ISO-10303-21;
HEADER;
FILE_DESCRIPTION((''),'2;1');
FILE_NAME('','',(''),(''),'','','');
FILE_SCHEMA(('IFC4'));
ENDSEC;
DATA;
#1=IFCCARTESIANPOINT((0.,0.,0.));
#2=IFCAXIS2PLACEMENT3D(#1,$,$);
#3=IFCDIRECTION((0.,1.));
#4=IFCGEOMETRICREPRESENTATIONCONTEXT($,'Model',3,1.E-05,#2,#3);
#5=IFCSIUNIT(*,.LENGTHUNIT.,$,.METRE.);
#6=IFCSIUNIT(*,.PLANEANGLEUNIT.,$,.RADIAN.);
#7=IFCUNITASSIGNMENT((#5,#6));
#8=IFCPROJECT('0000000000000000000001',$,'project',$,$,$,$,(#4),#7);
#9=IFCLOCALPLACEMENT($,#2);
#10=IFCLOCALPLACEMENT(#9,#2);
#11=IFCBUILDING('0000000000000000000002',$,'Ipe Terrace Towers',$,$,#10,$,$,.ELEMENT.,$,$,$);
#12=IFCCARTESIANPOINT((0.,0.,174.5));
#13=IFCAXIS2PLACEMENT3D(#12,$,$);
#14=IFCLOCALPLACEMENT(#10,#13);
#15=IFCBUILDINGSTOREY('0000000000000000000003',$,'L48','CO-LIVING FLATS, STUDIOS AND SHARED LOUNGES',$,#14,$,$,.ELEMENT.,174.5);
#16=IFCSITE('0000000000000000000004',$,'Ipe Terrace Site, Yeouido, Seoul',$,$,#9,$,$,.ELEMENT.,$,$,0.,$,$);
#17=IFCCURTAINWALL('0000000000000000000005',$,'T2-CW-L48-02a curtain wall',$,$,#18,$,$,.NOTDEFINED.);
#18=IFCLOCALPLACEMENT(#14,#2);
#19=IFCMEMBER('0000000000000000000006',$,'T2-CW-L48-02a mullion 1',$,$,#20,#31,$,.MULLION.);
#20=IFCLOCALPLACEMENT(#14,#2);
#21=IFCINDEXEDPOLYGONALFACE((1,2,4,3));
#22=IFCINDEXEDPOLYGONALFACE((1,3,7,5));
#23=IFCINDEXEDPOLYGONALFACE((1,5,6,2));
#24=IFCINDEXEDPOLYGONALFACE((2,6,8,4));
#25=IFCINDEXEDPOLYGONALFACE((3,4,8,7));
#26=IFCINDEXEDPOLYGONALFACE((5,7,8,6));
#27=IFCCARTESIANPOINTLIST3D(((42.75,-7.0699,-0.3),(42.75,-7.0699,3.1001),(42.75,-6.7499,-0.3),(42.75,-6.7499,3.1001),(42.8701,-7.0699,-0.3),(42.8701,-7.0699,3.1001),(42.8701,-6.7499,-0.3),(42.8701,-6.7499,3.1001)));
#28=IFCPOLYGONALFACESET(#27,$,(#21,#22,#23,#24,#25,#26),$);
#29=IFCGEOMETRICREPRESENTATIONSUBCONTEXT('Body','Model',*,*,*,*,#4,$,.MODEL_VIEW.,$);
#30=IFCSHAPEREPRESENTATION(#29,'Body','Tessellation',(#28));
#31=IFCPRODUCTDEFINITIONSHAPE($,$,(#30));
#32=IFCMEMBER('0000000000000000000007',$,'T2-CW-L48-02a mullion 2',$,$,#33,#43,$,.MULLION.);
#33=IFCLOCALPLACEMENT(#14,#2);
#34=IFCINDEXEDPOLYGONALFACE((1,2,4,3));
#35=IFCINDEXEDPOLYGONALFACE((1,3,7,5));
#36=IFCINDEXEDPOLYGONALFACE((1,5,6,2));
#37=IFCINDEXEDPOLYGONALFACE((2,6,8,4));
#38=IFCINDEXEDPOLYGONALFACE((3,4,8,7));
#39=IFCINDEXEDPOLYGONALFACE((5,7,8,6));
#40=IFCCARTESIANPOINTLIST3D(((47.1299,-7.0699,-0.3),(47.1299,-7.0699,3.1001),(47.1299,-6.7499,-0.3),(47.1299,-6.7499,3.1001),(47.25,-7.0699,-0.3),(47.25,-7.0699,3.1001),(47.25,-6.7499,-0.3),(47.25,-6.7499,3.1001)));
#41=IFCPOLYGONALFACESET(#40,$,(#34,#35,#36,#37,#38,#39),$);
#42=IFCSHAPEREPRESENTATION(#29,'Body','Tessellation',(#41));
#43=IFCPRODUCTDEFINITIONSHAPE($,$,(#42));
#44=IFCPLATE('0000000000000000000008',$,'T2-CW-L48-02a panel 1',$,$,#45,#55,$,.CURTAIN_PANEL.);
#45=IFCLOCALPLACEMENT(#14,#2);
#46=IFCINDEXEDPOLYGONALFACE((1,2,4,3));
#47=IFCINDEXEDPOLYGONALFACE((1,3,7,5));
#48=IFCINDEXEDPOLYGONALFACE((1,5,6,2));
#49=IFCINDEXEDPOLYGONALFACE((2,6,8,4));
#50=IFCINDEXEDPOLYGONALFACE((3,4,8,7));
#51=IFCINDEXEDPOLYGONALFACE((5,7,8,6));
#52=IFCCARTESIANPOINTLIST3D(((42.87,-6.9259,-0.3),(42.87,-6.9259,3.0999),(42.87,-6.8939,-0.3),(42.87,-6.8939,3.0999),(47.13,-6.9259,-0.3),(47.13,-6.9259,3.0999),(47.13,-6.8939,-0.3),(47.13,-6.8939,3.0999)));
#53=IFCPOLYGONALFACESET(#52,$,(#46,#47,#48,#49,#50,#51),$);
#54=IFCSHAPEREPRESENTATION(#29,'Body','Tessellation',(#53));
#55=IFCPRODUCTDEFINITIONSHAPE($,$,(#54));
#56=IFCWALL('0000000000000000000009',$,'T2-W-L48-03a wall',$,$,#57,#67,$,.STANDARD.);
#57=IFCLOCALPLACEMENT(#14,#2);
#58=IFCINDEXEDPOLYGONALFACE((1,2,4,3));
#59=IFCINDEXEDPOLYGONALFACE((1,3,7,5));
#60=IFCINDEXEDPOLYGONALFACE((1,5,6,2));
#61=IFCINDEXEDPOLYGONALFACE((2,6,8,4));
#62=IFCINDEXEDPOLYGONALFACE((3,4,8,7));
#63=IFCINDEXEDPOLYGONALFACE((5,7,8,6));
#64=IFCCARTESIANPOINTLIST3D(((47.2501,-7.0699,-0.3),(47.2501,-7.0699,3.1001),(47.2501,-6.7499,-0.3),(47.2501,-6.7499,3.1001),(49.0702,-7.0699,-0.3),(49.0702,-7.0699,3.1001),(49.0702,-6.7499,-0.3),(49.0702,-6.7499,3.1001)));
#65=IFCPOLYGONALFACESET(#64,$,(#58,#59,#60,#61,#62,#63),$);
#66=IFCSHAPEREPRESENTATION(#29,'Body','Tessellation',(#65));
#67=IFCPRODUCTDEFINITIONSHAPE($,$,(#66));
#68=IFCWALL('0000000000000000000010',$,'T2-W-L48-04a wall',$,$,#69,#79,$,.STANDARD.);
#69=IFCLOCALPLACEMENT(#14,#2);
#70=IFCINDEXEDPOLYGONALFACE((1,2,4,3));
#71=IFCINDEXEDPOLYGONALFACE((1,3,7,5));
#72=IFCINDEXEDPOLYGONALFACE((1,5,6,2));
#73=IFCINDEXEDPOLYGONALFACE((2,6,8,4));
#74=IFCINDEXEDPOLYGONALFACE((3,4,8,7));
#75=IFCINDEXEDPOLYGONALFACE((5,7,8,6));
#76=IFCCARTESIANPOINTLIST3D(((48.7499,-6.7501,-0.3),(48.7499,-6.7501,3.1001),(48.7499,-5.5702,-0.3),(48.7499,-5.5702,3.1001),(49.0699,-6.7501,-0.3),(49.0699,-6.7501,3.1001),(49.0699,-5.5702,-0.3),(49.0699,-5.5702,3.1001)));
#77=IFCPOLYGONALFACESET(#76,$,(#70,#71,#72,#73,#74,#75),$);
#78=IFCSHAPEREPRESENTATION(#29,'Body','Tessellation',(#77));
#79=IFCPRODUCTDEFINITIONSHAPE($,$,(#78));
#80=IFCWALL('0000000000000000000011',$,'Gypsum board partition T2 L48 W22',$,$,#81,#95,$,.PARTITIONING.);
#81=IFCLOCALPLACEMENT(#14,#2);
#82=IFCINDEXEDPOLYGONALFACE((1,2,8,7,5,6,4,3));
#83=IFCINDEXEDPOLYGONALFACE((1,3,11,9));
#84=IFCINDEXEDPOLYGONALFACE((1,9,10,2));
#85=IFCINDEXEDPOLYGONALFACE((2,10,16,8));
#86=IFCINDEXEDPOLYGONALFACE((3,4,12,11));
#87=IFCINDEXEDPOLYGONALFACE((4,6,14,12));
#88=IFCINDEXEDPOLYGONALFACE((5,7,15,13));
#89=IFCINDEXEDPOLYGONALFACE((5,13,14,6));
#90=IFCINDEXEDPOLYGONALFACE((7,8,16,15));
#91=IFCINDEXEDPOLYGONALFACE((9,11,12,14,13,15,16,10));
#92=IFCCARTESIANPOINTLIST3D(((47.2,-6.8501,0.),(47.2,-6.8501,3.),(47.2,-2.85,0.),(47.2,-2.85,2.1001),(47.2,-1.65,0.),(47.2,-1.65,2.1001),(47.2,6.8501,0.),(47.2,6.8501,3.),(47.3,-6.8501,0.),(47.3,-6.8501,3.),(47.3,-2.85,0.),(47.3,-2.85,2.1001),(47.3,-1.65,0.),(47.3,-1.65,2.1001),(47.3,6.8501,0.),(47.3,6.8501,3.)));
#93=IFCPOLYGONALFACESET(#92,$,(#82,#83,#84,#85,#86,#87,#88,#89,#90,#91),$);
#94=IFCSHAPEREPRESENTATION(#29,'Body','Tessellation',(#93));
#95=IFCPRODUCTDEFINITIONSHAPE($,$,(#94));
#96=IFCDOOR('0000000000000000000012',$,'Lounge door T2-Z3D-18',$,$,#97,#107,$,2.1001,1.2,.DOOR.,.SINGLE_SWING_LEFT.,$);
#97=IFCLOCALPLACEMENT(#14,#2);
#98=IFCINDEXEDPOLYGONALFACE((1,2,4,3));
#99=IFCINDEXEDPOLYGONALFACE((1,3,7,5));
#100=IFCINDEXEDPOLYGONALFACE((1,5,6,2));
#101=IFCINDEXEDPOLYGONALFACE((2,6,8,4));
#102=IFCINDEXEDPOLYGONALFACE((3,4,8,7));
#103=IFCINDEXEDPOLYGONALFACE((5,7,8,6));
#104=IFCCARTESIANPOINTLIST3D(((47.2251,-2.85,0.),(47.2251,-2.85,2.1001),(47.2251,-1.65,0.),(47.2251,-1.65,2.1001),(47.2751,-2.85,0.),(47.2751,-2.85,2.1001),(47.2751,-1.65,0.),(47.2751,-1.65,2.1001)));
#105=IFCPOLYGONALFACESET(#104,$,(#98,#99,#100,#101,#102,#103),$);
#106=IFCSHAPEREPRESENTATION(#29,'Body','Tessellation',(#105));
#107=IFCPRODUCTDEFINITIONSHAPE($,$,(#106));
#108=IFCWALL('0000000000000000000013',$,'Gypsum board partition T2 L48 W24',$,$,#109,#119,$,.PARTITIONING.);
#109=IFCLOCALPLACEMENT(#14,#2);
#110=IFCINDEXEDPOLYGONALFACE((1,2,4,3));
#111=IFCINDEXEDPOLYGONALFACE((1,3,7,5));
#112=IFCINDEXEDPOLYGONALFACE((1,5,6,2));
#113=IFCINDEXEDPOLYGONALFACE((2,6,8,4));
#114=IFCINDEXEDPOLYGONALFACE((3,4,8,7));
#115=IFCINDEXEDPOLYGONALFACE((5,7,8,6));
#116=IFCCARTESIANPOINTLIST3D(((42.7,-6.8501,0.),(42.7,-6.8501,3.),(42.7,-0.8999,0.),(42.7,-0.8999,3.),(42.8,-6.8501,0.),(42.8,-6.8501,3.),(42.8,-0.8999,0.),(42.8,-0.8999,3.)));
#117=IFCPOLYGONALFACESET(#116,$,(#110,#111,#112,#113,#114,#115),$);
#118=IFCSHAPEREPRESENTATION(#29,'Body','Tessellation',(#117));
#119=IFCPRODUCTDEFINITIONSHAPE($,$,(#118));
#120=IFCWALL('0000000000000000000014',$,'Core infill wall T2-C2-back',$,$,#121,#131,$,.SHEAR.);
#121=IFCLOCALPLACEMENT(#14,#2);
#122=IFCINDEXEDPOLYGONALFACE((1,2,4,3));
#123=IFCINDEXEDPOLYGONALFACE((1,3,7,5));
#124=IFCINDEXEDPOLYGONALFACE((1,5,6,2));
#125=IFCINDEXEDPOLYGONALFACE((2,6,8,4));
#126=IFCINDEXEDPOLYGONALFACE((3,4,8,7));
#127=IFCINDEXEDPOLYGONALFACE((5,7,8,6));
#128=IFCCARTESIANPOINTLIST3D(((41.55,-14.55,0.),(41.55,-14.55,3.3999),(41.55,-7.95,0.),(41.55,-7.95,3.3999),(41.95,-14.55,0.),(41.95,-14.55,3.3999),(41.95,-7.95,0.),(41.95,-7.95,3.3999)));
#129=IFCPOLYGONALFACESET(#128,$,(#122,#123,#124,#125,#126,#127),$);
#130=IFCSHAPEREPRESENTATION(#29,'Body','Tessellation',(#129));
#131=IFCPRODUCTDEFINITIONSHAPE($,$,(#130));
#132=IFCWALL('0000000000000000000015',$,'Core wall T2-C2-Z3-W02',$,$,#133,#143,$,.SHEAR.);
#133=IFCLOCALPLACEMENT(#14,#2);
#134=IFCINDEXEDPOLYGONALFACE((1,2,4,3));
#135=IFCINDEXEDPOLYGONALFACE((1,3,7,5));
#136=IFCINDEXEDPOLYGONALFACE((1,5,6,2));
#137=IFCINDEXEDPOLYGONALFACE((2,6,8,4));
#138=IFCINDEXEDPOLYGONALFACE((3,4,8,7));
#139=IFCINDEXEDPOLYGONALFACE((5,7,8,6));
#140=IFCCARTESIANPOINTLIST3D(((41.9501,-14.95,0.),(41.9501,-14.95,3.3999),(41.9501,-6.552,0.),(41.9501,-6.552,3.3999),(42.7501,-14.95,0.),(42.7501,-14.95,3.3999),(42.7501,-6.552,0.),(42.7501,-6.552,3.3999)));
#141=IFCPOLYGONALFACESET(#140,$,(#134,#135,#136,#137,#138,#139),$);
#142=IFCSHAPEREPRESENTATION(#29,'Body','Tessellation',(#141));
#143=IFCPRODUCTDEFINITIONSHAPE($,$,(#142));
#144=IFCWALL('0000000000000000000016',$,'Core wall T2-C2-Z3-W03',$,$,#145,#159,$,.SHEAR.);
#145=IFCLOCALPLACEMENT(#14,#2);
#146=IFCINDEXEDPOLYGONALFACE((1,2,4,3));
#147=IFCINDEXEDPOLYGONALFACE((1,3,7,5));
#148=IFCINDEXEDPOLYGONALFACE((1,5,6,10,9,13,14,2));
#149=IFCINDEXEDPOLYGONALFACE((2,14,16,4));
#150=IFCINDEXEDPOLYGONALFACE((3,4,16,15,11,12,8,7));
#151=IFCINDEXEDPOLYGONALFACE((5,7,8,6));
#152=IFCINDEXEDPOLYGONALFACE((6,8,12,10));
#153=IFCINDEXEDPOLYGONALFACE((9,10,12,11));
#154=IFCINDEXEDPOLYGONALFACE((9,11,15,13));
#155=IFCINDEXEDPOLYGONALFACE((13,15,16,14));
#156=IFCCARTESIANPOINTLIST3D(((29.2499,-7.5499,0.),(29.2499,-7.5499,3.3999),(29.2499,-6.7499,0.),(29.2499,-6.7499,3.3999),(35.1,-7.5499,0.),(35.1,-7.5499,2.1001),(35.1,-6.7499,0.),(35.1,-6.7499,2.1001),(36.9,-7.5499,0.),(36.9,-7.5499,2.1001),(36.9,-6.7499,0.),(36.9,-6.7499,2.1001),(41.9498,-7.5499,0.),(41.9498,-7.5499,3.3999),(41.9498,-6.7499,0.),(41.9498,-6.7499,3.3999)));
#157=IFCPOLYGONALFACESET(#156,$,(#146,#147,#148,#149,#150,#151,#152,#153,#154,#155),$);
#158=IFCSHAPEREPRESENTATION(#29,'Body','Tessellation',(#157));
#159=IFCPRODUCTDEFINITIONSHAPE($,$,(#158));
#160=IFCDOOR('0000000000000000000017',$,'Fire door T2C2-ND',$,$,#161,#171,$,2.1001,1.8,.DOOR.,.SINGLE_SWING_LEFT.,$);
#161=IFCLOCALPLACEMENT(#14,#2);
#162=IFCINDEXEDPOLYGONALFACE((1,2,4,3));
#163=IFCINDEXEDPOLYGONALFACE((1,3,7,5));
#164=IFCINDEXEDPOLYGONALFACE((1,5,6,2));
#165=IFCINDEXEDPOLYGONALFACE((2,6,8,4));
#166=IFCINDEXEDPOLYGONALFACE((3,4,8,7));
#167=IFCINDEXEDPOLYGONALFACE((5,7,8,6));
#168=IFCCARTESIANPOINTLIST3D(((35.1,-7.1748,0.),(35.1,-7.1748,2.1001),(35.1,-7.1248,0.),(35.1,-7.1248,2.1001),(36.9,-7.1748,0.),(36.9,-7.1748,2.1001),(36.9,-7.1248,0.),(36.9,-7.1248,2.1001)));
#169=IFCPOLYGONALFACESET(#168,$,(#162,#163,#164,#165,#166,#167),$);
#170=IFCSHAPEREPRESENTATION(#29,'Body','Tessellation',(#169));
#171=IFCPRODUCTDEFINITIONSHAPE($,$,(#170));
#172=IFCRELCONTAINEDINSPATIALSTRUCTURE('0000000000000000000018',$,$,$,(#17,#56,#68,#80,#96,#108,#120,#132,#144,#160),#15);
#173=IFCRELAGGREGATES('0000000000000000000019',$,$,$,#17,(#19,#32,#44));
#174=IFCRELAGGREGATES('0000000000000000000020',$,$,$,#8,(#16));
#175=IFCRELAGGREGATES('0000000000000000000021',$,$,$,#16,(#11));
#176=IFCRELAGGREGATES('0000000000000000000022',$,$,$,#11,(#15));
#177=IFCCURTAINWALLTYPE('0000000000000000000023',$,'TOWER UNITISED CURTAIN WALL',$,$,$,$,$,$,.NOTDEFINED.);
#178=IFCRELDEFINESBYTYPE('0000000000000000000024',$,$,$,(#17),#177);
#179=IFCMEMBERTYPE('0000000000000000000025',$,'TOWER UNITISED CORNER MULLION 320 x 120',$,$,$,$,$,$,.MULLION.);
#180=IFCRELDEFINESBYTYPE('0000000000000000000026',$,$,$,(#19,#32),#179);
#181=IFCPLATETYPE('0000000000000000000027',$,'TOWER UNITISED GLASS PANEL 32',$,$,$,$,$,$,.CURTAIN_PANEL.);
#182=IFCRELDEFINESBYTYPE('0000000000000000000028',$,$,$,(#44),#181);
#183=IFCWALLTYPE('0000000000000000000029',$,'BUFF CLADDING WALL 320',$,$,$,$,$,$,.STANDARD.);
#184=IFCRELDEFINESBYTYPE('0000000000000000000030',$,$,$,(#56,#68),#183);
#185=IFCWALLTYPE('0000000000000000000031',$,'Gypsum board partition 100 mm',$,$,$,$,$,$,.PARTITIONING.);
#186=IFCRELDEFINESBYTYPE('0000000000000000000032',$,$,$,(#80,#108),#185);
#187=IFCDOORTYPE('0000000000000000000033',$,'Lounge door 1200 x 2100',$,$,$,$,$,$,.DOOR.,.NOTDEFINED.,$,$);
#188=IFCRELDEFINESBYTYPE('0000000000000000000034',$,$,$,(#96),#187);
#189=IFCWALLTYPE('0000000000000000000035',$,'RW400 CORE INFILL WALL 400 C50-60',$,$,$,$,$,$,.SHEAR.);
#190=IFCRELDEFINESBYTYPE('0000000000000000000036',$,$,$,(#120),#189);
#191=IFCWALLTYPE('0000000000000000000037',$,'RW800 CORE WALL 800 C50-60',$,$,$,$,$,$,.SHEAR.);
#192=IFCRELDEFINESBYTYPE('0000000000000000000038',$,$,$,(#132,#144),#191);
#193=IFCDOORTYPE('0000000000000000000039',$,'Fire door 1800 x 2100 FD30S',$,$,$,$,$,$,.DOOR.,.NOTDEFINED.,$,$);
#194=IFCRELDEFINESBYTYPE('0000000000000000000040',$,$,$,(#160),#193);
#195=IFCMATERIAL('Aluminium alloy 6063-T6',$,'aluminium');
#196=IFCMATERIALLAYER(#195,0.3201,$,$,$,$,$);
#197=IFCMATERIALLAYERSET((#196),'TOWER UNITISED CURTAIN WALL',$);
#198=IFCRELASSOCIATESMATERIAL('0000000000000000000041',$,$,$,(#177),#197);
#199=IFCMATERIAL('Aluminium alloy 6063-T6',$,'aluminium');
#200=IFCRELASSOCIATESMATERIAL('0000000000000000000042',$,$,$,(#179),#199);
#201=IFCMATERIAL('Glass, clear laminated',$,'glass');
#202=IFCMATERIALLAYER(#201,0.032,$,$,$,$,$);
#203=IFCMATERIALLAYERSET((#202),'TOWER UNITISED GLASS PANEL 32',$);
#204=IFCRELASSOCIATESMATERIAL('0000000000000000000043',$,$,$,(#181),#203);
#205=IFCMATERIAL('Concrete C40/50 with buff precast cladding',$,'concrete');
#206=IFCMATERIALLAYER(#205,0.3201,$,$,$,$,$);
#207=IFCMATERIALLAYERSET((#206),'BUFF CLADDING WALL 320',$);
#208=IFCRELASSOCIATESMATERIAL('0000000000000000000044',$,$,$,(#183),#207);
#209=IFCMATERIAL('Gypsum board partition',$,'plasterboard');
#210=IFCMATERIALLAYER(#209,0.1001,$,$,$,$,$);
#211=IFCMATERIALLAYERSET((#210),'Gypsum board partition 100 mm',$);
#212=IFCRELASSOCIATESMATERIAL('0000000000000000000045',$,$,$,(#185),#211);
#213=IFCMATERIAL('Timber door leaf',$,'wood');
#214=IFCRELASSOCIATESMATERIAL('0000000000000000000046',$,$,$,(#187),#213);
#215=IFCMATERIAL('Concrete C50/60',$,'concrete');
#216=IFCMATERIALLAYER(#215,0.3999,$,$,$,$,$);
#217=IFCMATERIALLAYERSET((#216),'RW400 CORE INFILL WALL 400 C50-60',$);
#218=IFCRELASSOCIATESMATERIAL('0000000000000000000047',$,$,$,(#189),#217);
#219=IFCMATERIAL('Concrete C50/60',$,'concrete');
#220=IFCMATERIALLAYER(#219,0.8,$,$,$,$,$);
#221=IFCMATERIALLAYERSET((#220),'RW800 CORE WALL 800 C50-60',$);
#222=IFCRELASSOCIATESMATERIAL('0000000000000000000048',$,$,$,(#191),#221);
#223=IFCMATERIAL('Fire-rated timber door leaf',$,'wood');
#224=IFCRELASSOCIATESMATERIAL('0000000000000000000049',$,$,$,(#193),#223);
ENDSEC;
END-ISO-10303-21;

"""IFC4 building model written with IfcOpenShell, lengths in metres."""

from ifc_helpers import new_model, si_unit, direction, frame, frame_2d, origin, origin_2d, place, context, subcontext, project, spatial, rectangle, extrude, material, layer, layer_set, material_profile, profile_set, type_object, element, fill, aggregate, save


model = new_model("IFC4")

# Units and contexts
model_context = context("Model", 3, precision=1e-05, world=origin(), true_north=direction((0.0, 1.0)))
body_context = subcontext(model_context, "Body", "Model", "MODEL_VIEW")
ifc_project = project(units=[si_unit("LENGTHUNIT", "METRE"), si_unit("PLANEANGLEUNIT", "RADIAN")], contexts=[model_context])

# Site, building, storey
site_placement = place(None, origin())
site = spatial("IfcSite", under=ifc_project, at=site_placement, Name="Ipe Terrace Site, Yeouido, Seoul", CompositionType="ELEMENT", RefElevation=0.0)
building_placement = place(site_placement, origin())
building = spatial("IfcBuilding", under=site, at=building_placement, Name="Ipe Terrace Towers", CompositionType="ELEMENT")
storey_placement = place(building_placement, frame((0.0, 0.0, 174.5)))
storey = spatial("IfcBuildingStorey", under=building, at=storey_placement, Name="L48", Description="CO-LIVING FLATS, STUDIOS AND SHARED LOUNGES", CompositionType="ELEMENT", Elevation=174.5)

# Curtain wall, members, plate
ifc_material_1 = material(Name="Aluminium alloy 6063-T6", Category="aluminium")
ifc_layer_1 = layer(ifc_material_1, 0.3201)
ifc_layer_set_1 = layer_set([ifc_layer_1], Name="TOWER UNITISED CURTAIN WALL")
curtain_wall_type = type_object("IfcCurtainWallType", Name="TOWER UNITISED CURTAIN WALL", PredefinedType="NOTDEFINED", material=ifc_layer_set_1)
curtain_wall_placement = place(storey_placement, origin())
curtain_wall = element("IfcCurtainWall", 1, at=curtain_wall_placement, inside=storey, type_object=curtain_wall_type, Name="T2-CW-L48-02a curtain wall", PredefinedType="NOTDEFINED")
ifc_material_2 = material(Name="Aluminium alloy 6063-T6", Category="aluminium")
ifc_material_profile = material_profile(ifc_material_2, rectangle(XDim=0.3201, YDim=0.1201, at=origin_2d()), Name="TOWER UNITISED CORNER MULLION 320 x 120")
ifc_profile_set = profile_set([ifc_material_profile], Name="Aluminium alloy 6063-T6")
member_type = type_object("IfcMemberType", Name="TOWER UNITISED CORNER MULLION 320 x 120", PredefinedType="MULLION", material=ifc_profile_set)
member_1_placement = place(storey_placement, frame((42.8101, -6.9099, -0.3), z_axis=(0.0, 0.0, 1.0), x_axis=(0.0, -1.0, 0.0)))
member_1 = element("IfcMember", 2, at=member_1_placement, type_object=member_type, Name="T2-CW-L48-02a mullion 1", PredefinedType="MULLION", context=body_context, shape_type="SweptSolid", body=[
    extrude(rectangle(XDim=0.3201, YDim=0.1201, at=origin_2d()), origin(), (0.0, 0.0, 1.0), 3.4001),
])
member_2_placement = place(storey_placement, frame((47.1899, -6.9099, -0.3), z_axis=(0.0, 0.0, 1.0), x_axis=(0.0, -1.0, 0.0)))
member_2 = element("IfcMember", 3, at=member_2_placement, type_object=member_type, Name="T2-CW-L48-02a mullion 2", PredefinedType="MULLION", context=body_context, shape_type="SweptSolid", body=[
    extrude(rectangle(XDim=0.3201, YDim=0.1201, at=origin_2d()), origin(), (0.0, 0.0, 1.0), 3.4001),
])
ifc_material_3 = material(Name="Glass, clear laminated", Category="glass")
ifc_layer_2 = layer(ifc_material_3, 0.032)
ifc_layer_set_2 = layer_set([ifc_layer_2], Name="TOWER UNITISED GLASS PANEL 32")
plate_type = type_object("IfcPlateType", Name="TOWER UNITISED GLASS PANEL 32", PredefinedType="CURTAIN_PANEL", material=ifc_layer_set_2)
plate_placement = place(storey_placement, frame((45.0, -6.9099, -0.3), z_axis=(0.0, 0.0, 1.0), x_axis=(1.0, 0.0, 0.0)))
plate = element("IfcPlate", 4, at=plate_placement, type_object=plate_type, Name="T2-CW-L48-02a panel 1", PredefinedType="CURTAIN_PANEL", context=body_context, shape_type="SweptSolid", body=[
    extrude(rectangle(XDim=4.26, YDim=0.032, at=origin_2d()), origin(), (0.0, 0.0, 1.0), 3.3999),
])
aggregate(curtain_wall, [member_1, member_2, plate])

# Walls
ifc_material_4 = material(Name="Concrete C40/50 with buff precast cladding", Category="concrete")
ifc_layer_3 = layer(ifc_material_4, 0.3201)
ifc_layer_set_3 = layer_set([ifc_layer_3], Name="BUFF CLADDING WALL 320")
wall_type_1 = type_object("IfcWallType", Name="BUFF CLADDING WALL 320", PredefinedType="STANDARD", material=ifc_layer_set_3)
wall_1_placement = place(storey_placement, frame((47.25, -6.9099, -0.3), z_axis=(0.0, 0.0, 1.0), x_axis=(1.0, 0.0, 0.0)))
element("IfcWall", 5, at=wall_1_placement, inside=storey, type_object=wall_type_1, Name="T2-W-L48-03a wall", PredefinedType="STANDARD", context=body_context, shape_type="SweptSolid", body=[
    extrude(rectangle(XDim=1.8201, YDim=0.3201, at=frame_2d((0.9102, 0.0))), origin(), (0.0, 0.0, 1.0), 3.4001),
])
wall_2_placement = place(storey_placement, frame((48.9099, -6.75, -0.3), z_axis=(0.0, 0.0, 1.0), x_axis=(0.0, 1.0, 0.0)))
element("IfcWall", 6, at=wall_2_placement, inside=storey, type_object=wall_type_1, Name="T2-W-L48-04a wall", PredefinedType="STANDARD", context=body_context, shape_type="SweptSolid", body=[
    extrude(rectangle(XDim=1.1799, YDim=0.3201, at=frame_2d((0.5898, 0.0))), origin(), (0.0, 0.0, 1.0), 3.4001),
])

# Wall, opening, door
ifc_material_5 = material(Name="Gypsum board partition", Category="plasterboard")
ifc_layer_4 = layer(ifc_material_5, 0.1001)
ifc_layer_set_4 = layer_set([ifc_layer_4], Name="Gypsum board partition 100 mm")
wall_type_2 = type_object("IfcWallType", Name="Gypsum board partition 100 mm", PredefinedType="PARTITIONING", material=ifc_layer_set_4)
wall_3_placement = place(storey_placement, frame((47.25, -6.8501, 0.0), z_axis=(0.0, 0.0, 1.0), x_axis=(0.0, 1.0, 0.0)))
wall_3 = element("IfcWall", 7, at=wall_3_placement, inside=storey, type_object=wall_type_2, Name="Gypsum board partition T2 L48 W22", PredefinedType="PARTITIONING", context=body_context, shape_type="SweptSolid", body=[
    extrude(rectangle(XDim=13.7002, YDim=0.1001, at=frame_2d((6.8501, 0.0))), origin(), (0.0, 0.0, 1.0), 3.0),
])
opening_1_placement = place(wall_3_placement, frame((4.0, 0.0, 0.0)))
opening_1 = element("IfcOpeningElement", 8, at=opening_1_placement, cuts=wall_3, PredefinedType="OPENING", context=body_context, shape_type="SweptSolid", body=[
    extrude(rectangle(XDim=1.2, YDim=2.1001, at=frame_2d((0.6001, 1.05))), frame((0.0, 0.0601, 0.0), z_axis=(0.0, -1.0, 0.0), x_axis=(1.0, 0.0, 0.0)), (0.0, 0.0, 1.0), 0.1201),
])
ifc_material_6 = material(Name="Timber door leaf", Category="wood")
door_type_1 = type_object("IfcDoorType", Name="Lounge door 1200 x 2100", OperationType="NOTDEFINED", PredefinedType="DOOR", material=ifc_material_6)
door_1_placement = place(opening_1_placement, origin())
door_1 = element("IfcDoor", 9, at=door_1_placement, inside=storey, type_object=door_type_1, Name="Lounge door T2-Z3D-18", OperationType="SINGLE_SWING_LEFT", OverallHeight=2.1001, OverallWidth=1.2, PredefinedType="DOOR", context=body_context, shape_type="SweptSolid", body=[
    extrude(rectangle(XDim=1.2, YDim=2.1001, at=frame_2d((0.6001, 1.05))), frame((0.0, 0.0249, 0.0), z_axis=(0.0, -1.0, 0.0), x_axis=(1.0, 0.0, 0.0)), (0.0, 0.0, 1.0), 0.05),
])
fill(opening_1, door_1)

# Walls
wall_4_placement = place(storey_placement, frame((42.75, -6.8501, 0.0), z_axis=(0.0, 0.0, 1.0), x_axis=(0.0, 1.0, 0.0)))
element("IfcWall", 10, at=wall_4_placement, inside=storey, type_object=wall_type_2, Name="Gypsum board partition T2 L48 W24", PredefinedType="PARTITIONING", context=body_context, shape_type="SweptSolid", body=[
    extrude(rectangle(XDim=5.9502, YDim=0.1001, at=frame_2d((2.9751, 0.0))), origin(), (0.0, 0.0, 1.0), 3.0),
])
ifc_material_7 = material(Name="Concrete C50/60", Category="concrete")
ifc_layer_5 = layer(ifc_material_7, 0.3999)
ifc_layer_set_5 = layer_set([ifc_layer_5], Name="RW400 CORE INFILL WALL 400 C50-60")
wall_type_3 = type_object("IfcWallType", Name="RW400 CORE INFILL WALL 400 C50-60", PredefinedType="SHEAR", material=ifc_layer_set_5)
wall_5_placement = place(storey_placement, frame((41.75, -7.95, 0.0), z_axis=(0.0, 0.0, 1.0), x_axis=(0.0, -1.0, 0.0)))
element("IfcWall", 11, at=wall_5_placement, inside=storey, type_object=wall_type_3, Name="Core infill wall T2-C2-back", PredefinedType="SHEAR", context=body_context, shape_type="SweptSolid", body=[
    extrude(rectangle(XDim=6.6001, YDim=0.3999, at=frame_2d((3.3, 0.0))), origin(), (0.0, 0.0, 1.0), 3.3999),
])
ifc_material_8 = material(Name="Concrete C50/60", Category="concrete")
ifc_layer_6 = layer(ifc_material_8, 0.8)
ifc_layer_set_6 = layer_set([ifc_layer_6], Name="RW800 CORE WALL 800 C50-60")
wall_type_4 = type_object("IfcWallType", Name="RW800 CORE WALL 800 C50-60", PredefinedType="SHEAR", material=ifc_layer_set_6)
wall_6_placement = place(storey_placement, frame((42.3501, -14.95, 0.0), z_axis=(0.0, 0.0, 1.0), x_axis=(0.0, 1.0, 0.0)))
element("IfcWall", 12, at=wall_6_placement, inside=storey, type_object=wall_type_4, Name="Core wall T2-C2-Z3-W02", PredefinedType="SHEAR", context=body_context, shape_type="SweptSolid", body=[
    extrude(rectangle(XDim=8.3979, YDim=0.8, at=frame_2d((4.199, 0.0))), origin(), (0.0, 0.0, 1.0), 3.3999),
])

# Wall, opening, door
wall_7_placement = place(storey_placement, frame((41.95, -7.1499, 0.0), z_axis=(0.0, 0.0, 1.0), x_axis=(-1.0, 0.0, 0.0)))
wall_7 = element("IfcWall", 13, at=wall_7_placement, inside=storey, type_object=wall_type_4, Name="Core wall T2-C2-Z3-W03", PredefinedType="SHEAR", context=body_context, shape_type="SweptSolid", body=[
    extrude(rectangle(XDim=12.7, YDim=0.8, at=frame_2d((6.3501, 0.0))), origin(), (0.0, 0.0, 1.0), 3.3999),
])
opening_2_placement = place(wall_7_placement, frame((5.05, 0.0, 0.0)))
opening_2 = element("IfcOpeningElement", 14, at=opening_2_placement, cuts=wall_7, PredefinedType="OPENING", context=body_context, shape_type="SweptSolid", body=[
    extrude(rectangle(XDim=1.8, YDim=2.1001, at=frame_2d((0.8999, 1.05))), frame((0.0, 0.4102, 0.0), z_axis=(0.0, -1.0, 0.0), x_axis=(1.0, 0.0, 0.0)), (0.0, 0.0, 1.0), 0.8201),
])
ifc_material_9 = material(Name="Fire-rated timber door leaf", Category="wood")
door_type_2 = type_object("IfcDoorType", Name="Fire door 1800 x 2100 FD30S", OperationType="NOTDEFINED", PredefinedType="DOOR", material=ifc_material_9)
door_2_placement = place(opening_2_placement, origin())
door_2 = element("IfcDoor", 15, at=door_2_placement, inside=storey, type_object=door_type_2, Name="Fire door T2C2-ND", OperationType="SINGLE_SWING_LEFT", OverallHeight=2.1001, OverallWidth=1.8, PredefinedType="DOOR", context=body_context, shape_type="SweptSolid", body=[
    extrude(rectangle(XDim=1.8, YDim=2.1001, at=frame_2d((0.8999, 1.05))), frame((0.0, 0.0249, 0.0), z_axis=(0.0, -1.0, 0.0), x_axis=(1.0, 0.0, 0.0)), (0.0, 0.0, 1.0), 0.05),
])
fill(opening_2, door_2)

save(model, "model.ifc")
